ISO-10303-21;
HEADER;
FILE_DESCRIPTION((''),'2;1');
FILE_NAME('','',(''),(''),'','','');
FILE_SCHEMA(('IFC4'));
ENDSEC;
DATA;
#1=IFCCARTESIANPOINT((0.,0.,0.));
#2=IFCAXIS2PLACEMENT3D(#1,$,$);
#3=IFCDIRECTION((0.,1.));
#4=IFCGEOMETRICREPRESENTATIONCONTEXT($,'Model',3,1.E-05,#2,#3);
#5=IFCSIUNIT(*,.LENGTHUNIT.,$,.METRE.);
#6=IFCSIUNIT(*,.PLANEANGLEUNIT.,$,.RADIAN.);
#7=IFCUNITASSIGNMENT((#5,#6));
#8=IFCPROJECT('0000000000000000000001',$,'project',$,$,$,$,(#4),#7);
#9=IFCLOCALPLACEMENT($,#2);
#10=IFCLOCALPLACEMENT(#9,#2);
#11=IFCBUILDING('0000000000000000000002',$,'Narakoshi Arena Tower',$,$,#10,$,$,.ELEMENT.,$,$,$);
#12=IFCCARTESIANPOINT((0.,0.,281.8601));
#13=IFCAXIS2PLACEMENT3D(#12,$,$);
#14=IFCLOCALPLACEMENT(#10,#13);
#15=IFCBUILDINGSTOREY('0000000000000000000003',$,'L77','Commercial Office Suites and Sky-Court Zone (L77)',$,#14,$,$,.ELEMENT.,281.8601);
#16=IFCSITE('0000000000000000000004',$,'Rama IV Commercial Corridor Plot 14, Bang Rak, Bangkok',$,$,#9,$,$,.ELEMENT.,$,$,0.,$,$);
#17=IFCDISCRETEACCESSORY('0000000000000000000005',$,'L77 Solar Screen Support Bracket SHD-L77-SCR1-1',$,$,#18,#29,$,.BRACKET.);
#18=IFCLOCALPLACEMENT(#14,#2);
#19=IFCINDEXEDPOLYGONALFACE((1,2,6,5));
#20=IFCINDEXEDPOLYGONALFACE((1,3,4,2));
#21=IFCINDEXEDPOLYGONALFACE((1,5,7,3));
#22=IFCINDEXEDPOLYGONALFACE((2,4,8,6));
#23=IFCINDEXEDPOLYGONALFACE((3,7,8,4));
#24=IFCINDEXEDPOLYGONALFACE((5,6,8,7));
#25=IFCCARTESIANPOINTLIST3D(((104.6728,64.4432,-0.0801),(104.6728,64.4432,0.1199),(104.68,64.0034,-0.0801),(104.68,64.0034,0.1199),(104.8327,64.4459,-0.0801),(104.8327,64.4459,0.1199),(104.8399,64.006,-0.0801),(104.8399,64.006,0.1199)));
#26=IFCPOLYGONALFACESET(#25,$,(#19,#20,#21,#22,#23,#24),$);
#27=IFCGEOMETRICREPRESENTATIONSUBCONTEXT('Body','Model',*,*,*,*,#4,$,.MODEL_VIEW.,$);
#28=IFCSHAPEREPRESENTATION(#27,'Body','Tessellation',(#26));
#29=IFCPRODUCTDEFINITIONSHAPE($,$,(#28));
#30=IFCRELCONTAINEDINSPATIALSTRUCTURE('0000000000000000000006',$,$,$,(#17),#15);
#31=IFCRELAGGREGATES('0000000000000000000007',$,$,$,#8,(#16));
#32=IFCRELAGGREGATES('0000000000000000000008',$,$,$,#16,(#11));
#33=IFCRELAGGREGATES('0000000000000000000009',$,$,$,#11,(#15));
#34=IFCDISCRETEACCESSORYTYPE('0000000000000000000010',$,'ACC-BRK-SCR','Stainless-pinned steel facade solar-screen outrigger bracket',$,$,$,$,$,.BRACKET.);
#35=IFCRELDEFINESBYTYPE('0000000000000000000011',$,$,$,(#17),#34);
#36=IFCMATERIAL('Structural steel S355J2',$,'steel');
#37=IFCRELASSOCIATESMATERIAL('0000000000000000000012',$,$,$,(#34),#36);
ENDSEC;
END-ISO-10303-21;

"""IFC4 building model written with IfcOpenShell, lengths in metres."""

from ifc_helpers import new_model, si_unit, direction, frame, origin, origin_2d, place, context, subcontext, project, spatial, rectangle, extrude, material, type_object, element, save


model = new_model("IFC4")

# Units and contexts
model_context = context("Model", 3, precision=1e-05, world=origin(), true_north=direction((0.0, 1.0)))
body_context = subcontext(model_context, "Body", "Model", "MODEL_VIEW")
ifc_project = project(units=[si_unit("LENGTHUNIT", "METRE"), si_unit("PLANEANGLEUNIT", "RADIAN")], contexts=[model_context])

# Site, building, storey
site_placement = place(None, origin())
site = spatial("IfcSite", under=ifc_project, at=site_placement, Name="Rama IV Commercial Corridor Plot 14, Bang Rak, Bangkok", CompositionType="ELEMENT", RefElevation=0.0)
building_placement = place(site_placement, origin())
building = spatial("IfcBuilding", under=site, at=building_placement, Name="Narakoshi Arena Tower", CompositionType="ELEMENT")
storey_placement = place(building_placement, frame((0.0, 0.0, 281.8601)))
storey = spatial("IfcBuildingStorey", under=building, at=storey_placement, Name="L77", Description="Commercial Office Suites and Sky-Court Zone (L77)", CompositionType="ELEMENT", Elevation=281.8601)

# Shared definitions
ifc_material_1 = material(Name="Structural steel S355J2", Category="steel")

# Discrete accessory
discrete_accessory_type = type_object("IfcDiscreteAccessoryType", Name="ACC-BRK-SCR", Description="Stainless-pinned steel facade solar-screen outrigger bracket", PredefinedType="BRACKET", material=ifc_material_1)
discrete_accessory_placement = place(storey_placement, frame((104.7563, 64.2246, -0.0801), z_axis=(0.0, 0.0, 1.0), x_axis=(-0.999865, -0.01644, 0.0)))
element("IfcDiscreteAccessory", 1, at=discrete_accessory_placement, inside=storey, type_object=discrete_accessory_type, Name="L77 Solar Screen Support Bracket SHD-L77-SCR1-1", PredefinedType="BRACKET", context=body_context, shape_type="SweptSolid", body=[
    extrude(rectangle(XDim=0.1599, YDim=0.4399, at=origin_2d()), origin(), (0.0, 0.0, 1.0), 0.2),
])

save(model, "model.ifc")
